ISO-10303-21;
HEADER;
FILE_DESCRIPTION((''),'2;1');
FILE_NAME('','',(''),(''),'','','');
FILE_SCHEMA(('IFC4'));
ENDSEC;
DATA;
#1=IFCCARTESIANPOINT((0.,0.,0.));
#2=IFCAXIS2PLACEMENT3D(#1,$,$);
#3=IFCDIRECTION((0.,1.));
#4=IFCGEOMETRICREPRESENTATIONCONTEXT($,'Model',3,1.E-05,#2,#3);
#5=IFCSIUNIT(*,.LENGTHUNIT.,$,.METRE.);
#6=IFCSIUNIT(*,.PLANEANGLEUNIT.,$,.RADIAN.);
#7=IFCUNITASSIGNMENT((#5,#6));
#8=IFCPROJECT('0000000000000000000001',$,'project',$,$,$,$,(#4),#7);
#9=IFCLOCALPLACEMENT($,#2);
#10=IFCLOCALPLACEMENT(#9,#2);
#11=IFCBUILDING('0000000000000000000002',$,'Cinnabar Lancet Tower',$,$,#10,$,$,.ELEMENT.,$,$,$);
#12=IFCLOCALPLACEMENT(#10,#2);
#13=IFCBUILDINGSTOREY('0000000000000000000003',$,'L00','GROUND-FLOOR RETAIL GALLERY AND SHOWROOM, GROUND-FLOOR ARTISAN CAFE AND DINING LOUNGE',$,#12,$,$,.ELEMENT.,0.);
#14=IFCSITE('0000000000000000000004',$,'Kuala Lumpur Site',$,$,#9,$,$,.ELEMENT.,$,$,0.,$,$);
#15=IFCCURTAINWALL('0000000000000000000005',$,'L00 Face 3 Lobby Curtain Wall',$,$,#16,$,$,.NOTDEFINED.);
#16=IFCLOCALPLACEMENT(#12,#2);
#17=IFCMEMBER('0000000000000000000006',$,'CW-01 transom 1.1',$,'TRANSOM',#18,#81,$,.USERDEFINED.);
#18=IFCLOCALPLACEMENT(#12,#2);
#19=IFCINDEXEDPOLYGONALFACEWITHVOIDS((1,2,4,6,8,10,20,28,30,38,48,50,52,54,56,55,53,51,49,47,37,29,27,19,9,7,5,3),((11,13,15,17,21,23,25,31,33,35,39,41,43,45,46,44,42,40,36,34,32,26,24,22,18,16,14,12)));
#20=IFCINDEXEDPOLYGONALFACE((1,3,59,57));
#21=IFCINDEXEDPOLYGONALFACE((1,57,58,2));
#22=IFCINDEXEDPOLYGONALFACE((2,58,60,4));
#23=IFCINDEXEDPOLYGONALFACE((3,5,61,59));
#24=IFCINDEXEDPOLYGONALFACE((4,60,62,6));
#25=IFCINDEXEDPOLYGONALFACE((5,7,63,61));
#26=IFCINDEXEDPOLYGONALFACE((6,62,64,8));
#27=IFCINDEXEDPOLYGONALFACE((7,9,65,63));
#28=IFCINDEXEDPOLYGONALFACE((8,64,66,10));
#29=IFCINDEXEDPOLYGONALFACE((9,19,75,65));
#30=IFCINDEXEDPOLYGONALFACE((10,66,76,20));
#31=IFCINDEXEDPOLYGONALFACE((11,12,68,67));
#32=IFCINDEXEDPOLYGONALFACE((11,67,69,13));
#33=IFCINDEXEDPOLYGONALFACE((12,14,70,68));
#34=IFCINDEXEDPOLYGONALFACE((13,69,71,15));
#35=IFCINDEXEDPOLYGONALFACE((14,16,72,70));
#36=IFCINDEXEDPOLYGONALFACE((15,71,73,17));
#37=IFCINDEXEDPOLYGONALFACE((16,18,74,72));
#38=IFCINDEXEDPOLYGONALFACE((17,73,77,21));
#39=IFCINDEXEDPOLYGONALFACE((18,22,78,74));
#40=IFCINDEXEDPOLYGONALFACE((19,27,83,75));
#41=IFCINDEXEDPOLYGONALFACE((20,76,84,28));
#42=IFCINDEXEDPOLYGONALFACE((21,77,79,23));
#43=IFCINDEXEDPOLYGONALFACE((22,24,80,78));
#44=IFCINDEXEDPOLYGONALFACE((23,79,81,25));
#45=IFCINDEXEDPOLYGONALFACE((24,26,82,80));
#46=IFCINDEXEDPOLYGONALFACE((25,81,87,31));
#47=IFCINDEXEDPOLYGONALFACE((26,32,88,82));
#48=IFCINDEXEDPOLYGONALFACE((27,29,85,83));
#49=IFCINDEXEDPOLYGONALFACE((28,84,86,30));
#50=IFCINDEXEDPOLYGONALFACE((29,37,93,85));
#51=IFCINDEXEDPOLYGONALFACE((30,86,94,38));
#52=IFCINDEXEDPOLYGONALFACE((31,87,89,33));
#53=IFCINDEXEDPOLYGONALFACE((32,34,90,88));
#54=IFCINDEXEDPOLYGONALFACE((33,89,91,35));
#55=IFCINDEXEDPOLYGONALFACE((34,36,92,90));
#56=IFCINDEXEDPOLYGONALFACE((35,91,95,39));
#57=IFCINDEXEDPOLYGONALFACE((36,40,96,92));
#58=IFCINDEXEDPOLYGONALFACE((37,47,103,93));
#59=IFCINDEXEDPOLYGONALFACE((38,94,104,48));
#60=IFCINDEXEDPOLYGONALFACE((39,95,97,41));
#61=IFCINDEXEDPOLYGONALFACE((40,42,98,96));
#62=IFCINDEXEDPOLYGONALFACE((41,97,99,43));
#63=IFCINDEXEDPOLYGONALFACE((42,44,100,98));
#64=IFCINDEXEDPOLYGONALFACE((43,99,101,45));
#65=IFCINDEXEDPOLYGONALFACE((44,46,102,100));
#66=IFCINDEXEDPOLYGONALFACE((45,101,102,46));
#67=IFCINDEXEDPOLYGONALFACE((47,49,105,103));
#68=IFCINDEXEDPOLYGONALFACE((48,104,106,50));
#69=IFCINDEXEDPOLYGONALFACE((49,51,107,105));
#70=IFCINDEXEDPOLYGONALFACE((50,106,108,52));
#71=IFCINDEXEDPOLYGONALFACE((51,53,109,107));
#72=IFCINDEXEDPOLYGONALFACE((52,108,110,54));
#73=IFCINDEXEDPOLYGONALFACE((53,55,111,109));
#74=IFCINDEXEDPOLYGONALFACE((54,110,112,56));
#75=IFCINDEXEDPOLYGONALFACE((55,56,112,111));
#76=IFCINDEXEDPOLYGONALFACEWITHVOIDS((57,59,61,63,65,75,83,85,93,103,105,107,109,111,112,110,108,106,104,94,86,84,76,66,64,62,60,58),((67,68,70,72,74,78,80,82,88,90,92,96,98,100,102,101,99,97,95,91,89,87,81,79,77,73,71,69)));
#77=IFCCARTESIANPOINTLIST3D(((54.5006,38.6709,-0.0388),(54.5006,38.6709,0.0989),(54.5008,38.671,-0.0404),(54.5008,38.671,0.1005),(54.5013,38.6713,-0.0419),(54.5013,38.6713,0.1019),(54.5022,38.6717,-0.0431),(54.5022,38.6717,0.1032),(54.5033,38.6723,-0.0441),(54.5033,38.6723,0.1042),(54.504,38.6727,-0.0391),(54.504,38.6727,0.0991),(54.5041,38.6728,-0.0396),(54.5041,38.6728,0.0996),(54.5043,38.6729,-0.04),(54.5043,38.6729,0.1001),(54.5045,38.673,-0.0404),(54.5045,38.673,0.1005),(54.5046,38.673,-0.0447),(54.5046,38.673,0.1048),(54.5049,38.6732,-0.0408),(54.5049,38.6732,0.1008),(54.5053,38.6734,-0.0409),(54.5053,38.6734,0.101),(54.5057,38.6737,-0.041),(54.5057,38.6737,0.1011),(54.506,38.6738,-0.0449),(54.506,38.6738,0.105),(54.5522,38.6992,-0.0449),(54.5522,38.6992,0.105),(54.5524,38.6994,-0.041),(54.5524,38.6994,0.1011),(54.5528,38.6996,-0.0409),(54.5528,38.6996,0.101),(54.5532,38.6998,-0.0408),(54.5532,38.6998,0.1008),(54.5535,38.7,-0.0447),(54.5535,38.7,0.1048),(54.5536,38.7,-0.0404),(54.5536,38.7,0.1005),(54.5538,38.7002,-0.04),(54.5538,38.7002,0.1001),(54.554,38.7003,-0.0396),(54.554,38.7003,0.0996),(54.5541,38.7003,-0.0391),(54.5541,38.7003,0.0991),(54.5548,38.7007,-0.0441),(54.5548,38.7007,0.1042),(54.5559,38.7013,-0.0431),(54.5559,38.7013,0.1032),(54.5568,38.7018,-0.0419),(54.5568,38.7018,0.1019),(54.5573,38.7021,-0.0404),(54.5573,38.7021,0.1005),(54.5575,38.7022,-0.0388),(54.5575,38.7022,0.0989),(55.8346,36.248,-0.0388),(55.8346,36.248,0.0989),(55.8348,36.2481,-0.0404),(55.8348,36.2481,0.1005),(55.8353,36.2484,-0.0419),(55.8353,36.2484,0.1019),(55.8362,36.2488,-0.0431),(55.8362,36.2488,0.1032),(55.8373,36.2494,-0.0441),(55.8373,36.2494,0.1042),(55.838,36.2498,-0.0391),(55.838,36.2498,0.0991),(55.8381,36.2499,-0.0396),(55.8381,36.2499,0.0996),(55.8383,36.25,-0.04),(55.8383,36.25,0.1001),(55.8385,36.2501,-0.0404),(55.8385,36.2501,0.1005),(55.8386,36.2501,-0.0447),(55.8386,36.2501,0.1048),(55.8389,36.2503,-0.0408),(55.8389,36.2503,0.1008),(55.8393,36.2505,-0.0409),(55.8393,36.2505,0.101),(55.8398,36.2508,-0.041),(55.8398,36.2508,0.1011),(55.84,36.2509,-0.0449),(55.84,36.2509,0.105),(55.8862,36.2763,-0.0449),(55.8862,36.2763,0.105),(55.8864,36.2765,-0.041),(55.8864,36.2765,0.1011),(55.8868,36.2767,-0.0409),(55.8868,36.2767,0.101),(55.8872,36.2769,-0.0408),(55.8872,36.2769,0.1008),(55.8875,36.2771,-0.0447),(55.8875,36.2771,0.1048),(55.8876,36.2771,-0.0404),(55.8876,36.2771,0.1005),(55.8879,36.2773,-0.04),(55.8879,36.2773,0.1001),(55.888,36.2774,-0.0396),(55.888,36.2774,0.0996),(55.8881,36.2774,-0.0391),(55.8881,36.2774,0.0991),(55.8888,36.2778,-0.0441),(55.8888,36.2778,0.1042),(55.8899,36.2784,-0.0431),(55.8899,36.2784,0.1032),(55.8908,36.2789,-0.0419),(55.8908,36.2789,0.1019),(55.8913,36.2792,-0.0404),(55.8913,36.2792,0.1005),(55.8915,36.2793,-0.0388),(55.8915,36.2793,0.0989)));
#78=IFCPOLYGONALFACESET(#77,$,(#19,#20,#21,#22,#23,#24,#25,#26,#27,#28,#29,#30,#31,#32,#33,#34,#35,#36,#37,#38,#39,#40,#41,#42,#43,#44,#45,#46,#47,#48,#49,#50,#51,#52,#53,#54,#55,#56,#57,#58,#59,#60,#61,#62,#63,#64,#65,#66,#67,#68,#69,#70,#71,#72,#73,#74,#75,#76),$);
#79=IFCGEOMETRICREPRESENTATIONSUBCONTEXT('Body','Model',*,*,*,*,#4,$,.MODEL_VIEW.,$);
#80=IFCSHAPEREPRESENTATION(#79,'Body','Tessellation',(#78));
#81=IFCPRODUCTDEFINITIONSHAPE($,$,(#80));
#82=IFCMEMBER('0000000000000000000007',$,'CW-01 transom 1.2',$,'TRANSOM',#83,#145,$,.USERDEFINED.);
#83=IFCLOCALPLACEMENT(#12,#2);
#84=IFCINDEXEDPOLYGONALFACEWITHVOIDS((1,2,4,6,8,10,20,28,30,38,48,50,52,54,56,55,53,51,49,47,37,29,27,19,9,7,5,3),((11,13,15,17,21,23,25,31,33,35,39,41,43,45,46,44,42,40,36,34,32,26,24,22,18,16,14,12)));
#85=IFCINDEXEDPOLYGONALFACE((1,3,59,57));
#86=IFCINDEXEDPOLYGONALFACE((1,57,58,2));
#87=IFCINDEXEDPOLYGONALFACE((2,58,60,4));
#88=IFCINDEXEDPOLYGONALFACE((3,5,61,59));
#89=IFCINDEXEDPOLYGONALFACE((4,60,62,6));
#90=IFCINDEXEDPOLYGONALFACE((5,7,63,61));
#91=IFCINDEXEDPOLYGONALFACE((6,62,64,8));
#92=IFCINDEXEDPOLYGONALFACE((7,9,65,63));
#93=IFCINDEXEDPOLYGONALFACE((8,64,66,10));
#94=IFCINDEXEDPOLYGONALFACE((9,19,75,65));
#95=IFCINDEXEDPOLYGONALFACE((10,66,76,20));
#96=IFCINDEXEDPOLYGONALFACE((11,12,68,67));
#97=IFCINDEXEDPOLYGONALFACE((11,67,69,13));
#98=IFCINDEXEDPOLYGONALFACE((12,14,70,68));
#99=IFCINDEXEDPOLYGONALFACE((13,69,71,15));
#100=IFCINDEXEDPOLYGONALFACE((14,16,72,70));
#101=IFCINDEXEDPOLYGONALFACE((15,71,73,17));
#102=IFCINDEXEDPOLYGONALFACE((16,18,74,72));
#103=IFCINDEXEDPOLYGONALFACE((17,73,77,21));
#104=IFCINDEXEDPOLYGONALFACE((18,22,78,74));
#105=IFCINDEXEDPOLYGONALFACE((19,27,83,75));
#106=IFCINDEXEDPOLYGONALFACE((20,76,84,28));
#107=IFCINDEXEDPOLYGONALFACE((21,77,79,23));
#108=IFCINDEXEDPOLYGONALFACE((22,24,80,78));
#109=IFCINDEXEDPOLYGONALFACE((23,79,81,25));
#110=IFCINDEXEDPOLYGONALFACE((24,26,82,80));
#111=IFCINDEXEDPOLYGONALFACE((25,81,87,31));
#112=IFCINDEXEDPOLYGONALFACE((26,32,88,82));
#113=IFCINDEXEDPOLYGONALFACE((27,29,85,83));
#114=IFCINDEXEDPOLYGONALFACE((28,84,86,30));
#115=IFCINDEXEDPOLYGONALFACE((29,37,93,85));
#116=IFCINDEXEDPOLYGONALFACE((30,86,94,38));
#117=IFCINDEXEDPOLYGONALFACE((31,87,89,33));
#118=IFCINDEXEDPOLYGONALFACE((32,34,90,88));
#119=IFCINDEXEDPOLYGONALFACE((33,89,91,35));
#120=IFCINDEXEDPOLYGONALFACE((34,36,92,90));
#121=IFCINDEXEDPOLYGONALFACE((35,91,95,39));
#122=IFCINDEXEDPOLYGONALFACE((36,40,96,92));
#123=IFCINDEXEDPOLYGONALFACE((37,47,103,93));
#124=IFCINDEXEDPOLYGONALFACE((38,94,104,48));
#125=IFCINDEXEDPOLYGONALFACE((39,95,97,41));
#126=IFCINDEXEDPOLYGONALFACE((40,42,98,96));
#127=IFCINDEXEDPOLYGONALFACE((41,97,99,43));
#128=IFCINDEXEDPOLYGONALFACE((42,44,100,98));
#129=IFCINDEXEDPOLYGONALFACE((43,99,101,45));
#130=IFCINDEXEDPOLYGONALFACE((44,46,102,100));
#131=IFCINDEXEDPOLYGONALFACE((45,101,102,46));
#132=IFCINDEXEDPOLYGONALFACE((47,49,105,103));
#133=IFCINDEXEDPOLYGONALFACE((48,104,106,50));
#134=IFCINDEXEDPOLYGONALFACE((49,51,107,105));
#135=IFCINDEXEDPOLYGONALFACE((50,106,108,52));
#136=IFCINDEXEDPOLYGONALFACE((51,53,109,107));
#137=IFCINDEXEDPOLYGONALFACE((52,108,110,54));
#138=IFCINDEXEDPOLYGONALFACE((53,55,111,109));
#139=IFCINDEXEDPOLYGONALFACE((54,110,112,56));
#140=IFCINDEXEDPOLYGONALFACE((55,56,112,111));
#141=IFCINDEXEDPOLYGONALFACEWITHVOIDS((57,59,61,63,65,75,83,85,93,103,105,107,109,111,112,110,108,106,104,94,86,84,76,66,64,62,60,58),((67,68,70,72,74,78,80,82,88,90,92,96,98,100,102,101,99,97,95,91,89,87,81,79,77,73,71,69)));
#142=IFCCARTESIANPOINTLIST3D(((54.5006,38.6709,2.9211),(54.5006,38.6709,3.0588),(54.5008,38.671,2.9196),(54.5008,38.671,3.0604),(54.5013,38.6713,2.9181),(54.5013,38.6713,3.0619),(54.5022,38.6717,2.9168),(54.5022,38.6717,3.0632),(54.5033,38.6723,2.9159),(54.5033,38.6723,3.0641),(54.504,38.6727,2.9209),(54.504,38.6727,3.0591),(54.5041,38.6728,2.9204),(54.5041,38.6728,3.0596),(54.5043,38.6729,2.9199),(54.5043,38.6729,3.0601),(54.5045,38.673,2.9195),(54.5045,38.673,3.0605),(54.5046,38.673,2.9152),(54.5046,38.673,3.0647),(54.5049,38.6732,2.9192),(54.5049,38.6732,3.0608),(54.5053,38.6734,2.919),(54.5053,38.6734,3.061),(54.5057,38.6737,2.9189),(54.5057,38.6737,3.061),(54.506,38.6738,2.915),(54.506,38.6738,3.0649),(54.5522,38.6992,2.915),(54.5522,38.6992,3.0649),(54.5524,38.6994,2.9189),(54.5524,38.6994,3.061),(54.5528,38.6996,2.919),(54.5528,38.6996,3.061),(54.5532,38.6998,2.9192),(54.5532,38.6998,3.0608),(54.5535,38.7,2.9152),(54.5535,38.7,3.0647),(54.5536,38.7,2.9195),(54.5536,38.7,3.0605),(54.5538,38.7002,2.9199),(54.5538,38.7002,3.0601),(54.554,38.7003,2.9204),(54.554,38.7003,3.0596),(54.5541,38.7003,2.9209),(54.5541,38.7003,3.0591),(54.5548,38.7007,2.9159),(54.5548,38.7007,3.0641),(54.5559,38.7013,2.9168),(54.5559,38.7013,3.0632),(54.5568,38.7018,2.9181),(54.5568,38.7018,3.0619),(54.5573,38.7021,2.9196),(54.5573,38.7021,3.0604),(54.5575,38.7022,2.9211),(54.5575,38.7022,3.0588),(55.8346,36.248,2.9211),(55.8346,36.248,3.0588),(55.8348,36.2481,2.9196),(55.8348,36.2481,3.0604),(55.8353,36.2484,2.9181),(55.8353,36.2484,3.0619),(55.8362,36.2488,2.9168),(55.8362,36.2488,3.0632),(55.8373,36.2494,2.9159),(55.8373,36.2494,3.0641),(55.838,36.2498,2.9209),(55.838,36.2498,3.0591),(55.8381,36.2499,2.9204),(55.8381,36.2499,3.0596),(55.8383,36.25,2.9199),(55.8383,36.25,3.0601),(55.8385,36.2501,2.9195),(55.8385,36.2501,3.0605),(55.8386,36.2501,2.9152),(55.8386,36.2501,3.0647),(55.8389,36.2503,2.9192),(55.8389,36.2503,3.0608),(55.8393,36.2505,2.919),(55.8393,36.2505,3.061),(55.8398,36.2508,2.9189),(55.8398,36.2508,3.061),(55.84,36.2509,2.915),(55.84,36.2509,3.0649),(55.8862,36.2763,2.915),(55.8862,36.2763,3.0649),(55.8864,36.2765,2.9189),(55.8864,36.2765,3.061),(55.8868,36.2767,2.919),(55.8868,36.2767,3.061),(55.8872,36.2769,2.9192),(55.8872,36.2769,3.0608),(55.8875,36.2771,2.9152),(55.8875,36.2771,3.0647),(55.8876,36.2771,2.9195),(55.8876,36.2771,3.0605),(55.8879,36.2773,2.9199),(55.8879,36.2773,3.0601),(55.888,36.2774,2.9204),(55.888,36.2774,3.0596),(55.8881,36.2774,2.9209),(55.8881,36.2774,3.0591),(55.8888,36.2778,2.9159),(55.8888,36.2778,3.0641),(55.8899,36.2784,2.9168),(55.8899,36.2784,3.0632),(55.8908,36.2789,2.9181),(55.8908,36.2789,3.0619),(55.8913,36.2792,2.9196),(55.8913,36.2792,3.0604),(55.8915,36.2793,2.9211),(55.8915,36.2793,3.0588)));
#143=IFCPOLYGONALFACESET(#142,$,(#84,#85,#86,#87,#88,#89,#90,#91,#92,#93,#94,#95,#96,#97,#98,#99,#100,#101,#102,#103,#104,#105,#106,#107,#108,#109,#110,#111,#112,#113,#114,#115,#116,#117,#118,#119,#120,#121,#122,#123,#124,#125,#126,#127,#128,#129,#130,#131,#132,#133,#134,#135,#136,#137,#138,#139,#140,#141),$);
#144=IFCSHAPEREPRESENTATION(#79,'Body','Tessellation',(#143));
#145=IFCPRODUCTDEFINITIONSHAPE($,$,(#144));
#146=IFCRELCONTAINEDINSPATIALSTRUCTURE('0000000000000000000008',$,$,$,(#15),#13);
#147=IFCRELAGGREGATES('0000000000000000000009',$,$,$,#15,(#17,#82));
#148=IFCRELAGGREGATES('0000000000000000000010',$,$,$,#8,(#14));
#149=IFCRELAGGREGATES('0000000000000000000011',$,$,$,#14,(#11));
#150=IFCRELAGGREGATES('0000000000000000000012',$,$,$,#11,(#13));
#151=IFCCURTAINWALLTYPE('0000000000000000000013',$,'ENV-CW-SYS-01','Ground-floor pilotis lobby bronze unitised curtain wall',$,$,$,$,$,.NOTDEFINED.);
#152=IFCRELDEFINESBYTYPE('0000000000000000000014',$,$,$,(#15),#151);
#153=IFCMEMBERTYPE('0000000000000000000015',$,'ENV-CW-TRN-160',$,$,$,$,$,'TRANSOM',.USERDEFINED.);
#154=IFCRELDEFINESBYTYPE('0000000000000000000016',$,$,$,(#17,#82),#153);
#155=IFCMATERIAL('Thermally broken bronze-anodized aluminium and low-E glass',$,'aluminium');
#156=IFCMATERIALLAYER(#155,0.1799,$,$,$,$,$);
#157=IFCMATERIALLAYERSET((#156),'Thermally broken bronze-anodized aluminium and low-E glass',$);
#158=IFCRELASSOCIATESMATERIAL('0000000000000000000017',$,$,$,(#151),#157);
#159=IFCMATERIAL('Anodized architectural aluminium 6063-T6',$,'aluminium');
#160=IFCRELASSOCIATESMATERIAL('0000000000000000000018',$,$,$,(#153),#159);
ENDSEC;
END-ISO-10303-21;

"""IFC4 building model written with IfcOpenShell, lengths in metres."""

from ifc_helpers import new_model, si_unit, direction, frame, origin, origin_2d, place, context, subcontext, project, spatial, hollow_rectangle, extrude, material, layer, layer_set, material_profile, profile_set, type_object, element, aggregate, save


model = new_model("IFC4")

# Units and contexts
model_context = context("Model", 3, precision=1e-05, world=origin(), true_north=direction((0.0, 1.0)))
body_context = subcontext(model_context, "Body", "Model", "MODEL_VIEW")
ifc_project = project(units=[si_unit("LENGTHUNIT", "METRE"), si_unit("PLANEANGLEUNIT", "RADIAN")], contexts=[model_context])

# Site, building, storey
site_placement = place(None, origin())
site = spatial("IfcSite", under=ifc_project, at=site_placement, Name="Kuala Lumpur Site", CompositionType="ELEMENT", RefElevation=0.0)
building_placement = place(site_placement, origin())
building = spatial("IfcBuilding", under=site, at=building_placement, Name="Cinnabar Lancet Tower", CompositionType="ELEMENT")
storey_placement = place(building_placement, origin())
storey = spatial("IfcBuildingStorey", under=building, at=storey_placement, Name="L00", Description="GROUND-FLOOR RETAIL GALLERY AND SHOWROOM, GROUND-FLOOR ARTISAN CAFE AND DINING LOUNGE", CompositionType="ELEMENT", Elevation=0.0)

# Curtain wall, members
ifc_material_1 = material(Name="Thermally broken bronze-anodized aluminium and low-E glass", Category="aluminium")
ifc_layer_1 = layer(ifc_material_1, 0.1799)
ifc_layer_set_1 = layer_set([ifc_layer_1], Name="Thermally broken bronze-anodized aluminium and low-E glass")
curtain_wall_type = type_object("IfcCurtainWallType", Name="ENV-CW-SYS-01", Description="Ground-floor pilotis lobby bronze unitised curtain wall", PredefinedType="NOTDEFINED", material=ifc_layer_set_1)
curtain_wall_placement = place(storey_placement, origin())
curtain_wall = element("IfcCurtainWall", 1, at=curtain_wall_placement, inside=storey, type_object=curtain_wall_type, Name="L00 Face 3 Lobby Curtain Wall", PredefinedType="NOTDEFINED")
ifc_material_2 = material(Name="Anodized architectural aluminium 6063-T6", Category="aluminium")
ifc_material_profile_1 = material_profile(ifc_material_2, hollow_rectangle(XDim=0.0649, YDim=0.1499, WallThickness=0.0039, InnerFilletRadius=0.002, OuterFilletRadius=0.0061, at=origin_2d()), Name="CW-TRN 150x65x4")
ifc_profile_set_1 = profile_set([ifc_material_profile_1], Name="Anodized architectural aluminium 6063-T6")
member_type_1 = type_object("IfcMemberType", Name="ENV-CW-TRN-160", ElementType="TRANSOM", PredefinedType="USERDEFINED", material=ifc_profile_set_1)
member_1_placement = place(storey_placement, frame((54.5291, 38.6865, 0.03), z_axis=(0.482312, -0.876, 0.0), x_axis=(0.876, 0.482312, 0.0)))
member_1 = element("IfcMember", 2, at=member_1_placement, type_object=member_type_1, Name="CW-01 transom 1.1", ObjectType="TRANSOM", PredefinedType="USERDEFINED", context=body_context, shape_type="SweptSolid", body=[
    extrude(hollow_rectangle(XDim=0.0649, YDim=0.1499, WallThickness=0.0039, InnerFilletRadius=0.002, OuterFilletRadius=0.0061, at=origin_2d()), origin(), (0.0, 0.0, 1.0), 2.7659),
])
member_2_placement = place(storey_placement, frame((54.5291, 38.6865, 2.99), z_axis=(0.482312, -0.876, 0.0), x_axis=(0.876, 0.482312, 0.0)))
member_2 = element("IfcMember", 3, at=member_2_placement, type_object=member_type_1, Name="CW-01 transom 1.2", ObjectType="TRANSOM", PredefinedType="USERDEFINED", context=body_context, shape_type="SweptSolid", body=[
    extrude(hollow_rectangle(XDim=0.0649, YDim=0.1499, WallThickness=0.0039, InnerFilletRadius=0.002, OuterFilletRadius=0.0061, at=origin_2d()), origin(), (0.0, 0.0, 1.0), 2.7659),
])

aggregate(curtain_wall, [member_1, member_2])

save(model, "model.ifc")
